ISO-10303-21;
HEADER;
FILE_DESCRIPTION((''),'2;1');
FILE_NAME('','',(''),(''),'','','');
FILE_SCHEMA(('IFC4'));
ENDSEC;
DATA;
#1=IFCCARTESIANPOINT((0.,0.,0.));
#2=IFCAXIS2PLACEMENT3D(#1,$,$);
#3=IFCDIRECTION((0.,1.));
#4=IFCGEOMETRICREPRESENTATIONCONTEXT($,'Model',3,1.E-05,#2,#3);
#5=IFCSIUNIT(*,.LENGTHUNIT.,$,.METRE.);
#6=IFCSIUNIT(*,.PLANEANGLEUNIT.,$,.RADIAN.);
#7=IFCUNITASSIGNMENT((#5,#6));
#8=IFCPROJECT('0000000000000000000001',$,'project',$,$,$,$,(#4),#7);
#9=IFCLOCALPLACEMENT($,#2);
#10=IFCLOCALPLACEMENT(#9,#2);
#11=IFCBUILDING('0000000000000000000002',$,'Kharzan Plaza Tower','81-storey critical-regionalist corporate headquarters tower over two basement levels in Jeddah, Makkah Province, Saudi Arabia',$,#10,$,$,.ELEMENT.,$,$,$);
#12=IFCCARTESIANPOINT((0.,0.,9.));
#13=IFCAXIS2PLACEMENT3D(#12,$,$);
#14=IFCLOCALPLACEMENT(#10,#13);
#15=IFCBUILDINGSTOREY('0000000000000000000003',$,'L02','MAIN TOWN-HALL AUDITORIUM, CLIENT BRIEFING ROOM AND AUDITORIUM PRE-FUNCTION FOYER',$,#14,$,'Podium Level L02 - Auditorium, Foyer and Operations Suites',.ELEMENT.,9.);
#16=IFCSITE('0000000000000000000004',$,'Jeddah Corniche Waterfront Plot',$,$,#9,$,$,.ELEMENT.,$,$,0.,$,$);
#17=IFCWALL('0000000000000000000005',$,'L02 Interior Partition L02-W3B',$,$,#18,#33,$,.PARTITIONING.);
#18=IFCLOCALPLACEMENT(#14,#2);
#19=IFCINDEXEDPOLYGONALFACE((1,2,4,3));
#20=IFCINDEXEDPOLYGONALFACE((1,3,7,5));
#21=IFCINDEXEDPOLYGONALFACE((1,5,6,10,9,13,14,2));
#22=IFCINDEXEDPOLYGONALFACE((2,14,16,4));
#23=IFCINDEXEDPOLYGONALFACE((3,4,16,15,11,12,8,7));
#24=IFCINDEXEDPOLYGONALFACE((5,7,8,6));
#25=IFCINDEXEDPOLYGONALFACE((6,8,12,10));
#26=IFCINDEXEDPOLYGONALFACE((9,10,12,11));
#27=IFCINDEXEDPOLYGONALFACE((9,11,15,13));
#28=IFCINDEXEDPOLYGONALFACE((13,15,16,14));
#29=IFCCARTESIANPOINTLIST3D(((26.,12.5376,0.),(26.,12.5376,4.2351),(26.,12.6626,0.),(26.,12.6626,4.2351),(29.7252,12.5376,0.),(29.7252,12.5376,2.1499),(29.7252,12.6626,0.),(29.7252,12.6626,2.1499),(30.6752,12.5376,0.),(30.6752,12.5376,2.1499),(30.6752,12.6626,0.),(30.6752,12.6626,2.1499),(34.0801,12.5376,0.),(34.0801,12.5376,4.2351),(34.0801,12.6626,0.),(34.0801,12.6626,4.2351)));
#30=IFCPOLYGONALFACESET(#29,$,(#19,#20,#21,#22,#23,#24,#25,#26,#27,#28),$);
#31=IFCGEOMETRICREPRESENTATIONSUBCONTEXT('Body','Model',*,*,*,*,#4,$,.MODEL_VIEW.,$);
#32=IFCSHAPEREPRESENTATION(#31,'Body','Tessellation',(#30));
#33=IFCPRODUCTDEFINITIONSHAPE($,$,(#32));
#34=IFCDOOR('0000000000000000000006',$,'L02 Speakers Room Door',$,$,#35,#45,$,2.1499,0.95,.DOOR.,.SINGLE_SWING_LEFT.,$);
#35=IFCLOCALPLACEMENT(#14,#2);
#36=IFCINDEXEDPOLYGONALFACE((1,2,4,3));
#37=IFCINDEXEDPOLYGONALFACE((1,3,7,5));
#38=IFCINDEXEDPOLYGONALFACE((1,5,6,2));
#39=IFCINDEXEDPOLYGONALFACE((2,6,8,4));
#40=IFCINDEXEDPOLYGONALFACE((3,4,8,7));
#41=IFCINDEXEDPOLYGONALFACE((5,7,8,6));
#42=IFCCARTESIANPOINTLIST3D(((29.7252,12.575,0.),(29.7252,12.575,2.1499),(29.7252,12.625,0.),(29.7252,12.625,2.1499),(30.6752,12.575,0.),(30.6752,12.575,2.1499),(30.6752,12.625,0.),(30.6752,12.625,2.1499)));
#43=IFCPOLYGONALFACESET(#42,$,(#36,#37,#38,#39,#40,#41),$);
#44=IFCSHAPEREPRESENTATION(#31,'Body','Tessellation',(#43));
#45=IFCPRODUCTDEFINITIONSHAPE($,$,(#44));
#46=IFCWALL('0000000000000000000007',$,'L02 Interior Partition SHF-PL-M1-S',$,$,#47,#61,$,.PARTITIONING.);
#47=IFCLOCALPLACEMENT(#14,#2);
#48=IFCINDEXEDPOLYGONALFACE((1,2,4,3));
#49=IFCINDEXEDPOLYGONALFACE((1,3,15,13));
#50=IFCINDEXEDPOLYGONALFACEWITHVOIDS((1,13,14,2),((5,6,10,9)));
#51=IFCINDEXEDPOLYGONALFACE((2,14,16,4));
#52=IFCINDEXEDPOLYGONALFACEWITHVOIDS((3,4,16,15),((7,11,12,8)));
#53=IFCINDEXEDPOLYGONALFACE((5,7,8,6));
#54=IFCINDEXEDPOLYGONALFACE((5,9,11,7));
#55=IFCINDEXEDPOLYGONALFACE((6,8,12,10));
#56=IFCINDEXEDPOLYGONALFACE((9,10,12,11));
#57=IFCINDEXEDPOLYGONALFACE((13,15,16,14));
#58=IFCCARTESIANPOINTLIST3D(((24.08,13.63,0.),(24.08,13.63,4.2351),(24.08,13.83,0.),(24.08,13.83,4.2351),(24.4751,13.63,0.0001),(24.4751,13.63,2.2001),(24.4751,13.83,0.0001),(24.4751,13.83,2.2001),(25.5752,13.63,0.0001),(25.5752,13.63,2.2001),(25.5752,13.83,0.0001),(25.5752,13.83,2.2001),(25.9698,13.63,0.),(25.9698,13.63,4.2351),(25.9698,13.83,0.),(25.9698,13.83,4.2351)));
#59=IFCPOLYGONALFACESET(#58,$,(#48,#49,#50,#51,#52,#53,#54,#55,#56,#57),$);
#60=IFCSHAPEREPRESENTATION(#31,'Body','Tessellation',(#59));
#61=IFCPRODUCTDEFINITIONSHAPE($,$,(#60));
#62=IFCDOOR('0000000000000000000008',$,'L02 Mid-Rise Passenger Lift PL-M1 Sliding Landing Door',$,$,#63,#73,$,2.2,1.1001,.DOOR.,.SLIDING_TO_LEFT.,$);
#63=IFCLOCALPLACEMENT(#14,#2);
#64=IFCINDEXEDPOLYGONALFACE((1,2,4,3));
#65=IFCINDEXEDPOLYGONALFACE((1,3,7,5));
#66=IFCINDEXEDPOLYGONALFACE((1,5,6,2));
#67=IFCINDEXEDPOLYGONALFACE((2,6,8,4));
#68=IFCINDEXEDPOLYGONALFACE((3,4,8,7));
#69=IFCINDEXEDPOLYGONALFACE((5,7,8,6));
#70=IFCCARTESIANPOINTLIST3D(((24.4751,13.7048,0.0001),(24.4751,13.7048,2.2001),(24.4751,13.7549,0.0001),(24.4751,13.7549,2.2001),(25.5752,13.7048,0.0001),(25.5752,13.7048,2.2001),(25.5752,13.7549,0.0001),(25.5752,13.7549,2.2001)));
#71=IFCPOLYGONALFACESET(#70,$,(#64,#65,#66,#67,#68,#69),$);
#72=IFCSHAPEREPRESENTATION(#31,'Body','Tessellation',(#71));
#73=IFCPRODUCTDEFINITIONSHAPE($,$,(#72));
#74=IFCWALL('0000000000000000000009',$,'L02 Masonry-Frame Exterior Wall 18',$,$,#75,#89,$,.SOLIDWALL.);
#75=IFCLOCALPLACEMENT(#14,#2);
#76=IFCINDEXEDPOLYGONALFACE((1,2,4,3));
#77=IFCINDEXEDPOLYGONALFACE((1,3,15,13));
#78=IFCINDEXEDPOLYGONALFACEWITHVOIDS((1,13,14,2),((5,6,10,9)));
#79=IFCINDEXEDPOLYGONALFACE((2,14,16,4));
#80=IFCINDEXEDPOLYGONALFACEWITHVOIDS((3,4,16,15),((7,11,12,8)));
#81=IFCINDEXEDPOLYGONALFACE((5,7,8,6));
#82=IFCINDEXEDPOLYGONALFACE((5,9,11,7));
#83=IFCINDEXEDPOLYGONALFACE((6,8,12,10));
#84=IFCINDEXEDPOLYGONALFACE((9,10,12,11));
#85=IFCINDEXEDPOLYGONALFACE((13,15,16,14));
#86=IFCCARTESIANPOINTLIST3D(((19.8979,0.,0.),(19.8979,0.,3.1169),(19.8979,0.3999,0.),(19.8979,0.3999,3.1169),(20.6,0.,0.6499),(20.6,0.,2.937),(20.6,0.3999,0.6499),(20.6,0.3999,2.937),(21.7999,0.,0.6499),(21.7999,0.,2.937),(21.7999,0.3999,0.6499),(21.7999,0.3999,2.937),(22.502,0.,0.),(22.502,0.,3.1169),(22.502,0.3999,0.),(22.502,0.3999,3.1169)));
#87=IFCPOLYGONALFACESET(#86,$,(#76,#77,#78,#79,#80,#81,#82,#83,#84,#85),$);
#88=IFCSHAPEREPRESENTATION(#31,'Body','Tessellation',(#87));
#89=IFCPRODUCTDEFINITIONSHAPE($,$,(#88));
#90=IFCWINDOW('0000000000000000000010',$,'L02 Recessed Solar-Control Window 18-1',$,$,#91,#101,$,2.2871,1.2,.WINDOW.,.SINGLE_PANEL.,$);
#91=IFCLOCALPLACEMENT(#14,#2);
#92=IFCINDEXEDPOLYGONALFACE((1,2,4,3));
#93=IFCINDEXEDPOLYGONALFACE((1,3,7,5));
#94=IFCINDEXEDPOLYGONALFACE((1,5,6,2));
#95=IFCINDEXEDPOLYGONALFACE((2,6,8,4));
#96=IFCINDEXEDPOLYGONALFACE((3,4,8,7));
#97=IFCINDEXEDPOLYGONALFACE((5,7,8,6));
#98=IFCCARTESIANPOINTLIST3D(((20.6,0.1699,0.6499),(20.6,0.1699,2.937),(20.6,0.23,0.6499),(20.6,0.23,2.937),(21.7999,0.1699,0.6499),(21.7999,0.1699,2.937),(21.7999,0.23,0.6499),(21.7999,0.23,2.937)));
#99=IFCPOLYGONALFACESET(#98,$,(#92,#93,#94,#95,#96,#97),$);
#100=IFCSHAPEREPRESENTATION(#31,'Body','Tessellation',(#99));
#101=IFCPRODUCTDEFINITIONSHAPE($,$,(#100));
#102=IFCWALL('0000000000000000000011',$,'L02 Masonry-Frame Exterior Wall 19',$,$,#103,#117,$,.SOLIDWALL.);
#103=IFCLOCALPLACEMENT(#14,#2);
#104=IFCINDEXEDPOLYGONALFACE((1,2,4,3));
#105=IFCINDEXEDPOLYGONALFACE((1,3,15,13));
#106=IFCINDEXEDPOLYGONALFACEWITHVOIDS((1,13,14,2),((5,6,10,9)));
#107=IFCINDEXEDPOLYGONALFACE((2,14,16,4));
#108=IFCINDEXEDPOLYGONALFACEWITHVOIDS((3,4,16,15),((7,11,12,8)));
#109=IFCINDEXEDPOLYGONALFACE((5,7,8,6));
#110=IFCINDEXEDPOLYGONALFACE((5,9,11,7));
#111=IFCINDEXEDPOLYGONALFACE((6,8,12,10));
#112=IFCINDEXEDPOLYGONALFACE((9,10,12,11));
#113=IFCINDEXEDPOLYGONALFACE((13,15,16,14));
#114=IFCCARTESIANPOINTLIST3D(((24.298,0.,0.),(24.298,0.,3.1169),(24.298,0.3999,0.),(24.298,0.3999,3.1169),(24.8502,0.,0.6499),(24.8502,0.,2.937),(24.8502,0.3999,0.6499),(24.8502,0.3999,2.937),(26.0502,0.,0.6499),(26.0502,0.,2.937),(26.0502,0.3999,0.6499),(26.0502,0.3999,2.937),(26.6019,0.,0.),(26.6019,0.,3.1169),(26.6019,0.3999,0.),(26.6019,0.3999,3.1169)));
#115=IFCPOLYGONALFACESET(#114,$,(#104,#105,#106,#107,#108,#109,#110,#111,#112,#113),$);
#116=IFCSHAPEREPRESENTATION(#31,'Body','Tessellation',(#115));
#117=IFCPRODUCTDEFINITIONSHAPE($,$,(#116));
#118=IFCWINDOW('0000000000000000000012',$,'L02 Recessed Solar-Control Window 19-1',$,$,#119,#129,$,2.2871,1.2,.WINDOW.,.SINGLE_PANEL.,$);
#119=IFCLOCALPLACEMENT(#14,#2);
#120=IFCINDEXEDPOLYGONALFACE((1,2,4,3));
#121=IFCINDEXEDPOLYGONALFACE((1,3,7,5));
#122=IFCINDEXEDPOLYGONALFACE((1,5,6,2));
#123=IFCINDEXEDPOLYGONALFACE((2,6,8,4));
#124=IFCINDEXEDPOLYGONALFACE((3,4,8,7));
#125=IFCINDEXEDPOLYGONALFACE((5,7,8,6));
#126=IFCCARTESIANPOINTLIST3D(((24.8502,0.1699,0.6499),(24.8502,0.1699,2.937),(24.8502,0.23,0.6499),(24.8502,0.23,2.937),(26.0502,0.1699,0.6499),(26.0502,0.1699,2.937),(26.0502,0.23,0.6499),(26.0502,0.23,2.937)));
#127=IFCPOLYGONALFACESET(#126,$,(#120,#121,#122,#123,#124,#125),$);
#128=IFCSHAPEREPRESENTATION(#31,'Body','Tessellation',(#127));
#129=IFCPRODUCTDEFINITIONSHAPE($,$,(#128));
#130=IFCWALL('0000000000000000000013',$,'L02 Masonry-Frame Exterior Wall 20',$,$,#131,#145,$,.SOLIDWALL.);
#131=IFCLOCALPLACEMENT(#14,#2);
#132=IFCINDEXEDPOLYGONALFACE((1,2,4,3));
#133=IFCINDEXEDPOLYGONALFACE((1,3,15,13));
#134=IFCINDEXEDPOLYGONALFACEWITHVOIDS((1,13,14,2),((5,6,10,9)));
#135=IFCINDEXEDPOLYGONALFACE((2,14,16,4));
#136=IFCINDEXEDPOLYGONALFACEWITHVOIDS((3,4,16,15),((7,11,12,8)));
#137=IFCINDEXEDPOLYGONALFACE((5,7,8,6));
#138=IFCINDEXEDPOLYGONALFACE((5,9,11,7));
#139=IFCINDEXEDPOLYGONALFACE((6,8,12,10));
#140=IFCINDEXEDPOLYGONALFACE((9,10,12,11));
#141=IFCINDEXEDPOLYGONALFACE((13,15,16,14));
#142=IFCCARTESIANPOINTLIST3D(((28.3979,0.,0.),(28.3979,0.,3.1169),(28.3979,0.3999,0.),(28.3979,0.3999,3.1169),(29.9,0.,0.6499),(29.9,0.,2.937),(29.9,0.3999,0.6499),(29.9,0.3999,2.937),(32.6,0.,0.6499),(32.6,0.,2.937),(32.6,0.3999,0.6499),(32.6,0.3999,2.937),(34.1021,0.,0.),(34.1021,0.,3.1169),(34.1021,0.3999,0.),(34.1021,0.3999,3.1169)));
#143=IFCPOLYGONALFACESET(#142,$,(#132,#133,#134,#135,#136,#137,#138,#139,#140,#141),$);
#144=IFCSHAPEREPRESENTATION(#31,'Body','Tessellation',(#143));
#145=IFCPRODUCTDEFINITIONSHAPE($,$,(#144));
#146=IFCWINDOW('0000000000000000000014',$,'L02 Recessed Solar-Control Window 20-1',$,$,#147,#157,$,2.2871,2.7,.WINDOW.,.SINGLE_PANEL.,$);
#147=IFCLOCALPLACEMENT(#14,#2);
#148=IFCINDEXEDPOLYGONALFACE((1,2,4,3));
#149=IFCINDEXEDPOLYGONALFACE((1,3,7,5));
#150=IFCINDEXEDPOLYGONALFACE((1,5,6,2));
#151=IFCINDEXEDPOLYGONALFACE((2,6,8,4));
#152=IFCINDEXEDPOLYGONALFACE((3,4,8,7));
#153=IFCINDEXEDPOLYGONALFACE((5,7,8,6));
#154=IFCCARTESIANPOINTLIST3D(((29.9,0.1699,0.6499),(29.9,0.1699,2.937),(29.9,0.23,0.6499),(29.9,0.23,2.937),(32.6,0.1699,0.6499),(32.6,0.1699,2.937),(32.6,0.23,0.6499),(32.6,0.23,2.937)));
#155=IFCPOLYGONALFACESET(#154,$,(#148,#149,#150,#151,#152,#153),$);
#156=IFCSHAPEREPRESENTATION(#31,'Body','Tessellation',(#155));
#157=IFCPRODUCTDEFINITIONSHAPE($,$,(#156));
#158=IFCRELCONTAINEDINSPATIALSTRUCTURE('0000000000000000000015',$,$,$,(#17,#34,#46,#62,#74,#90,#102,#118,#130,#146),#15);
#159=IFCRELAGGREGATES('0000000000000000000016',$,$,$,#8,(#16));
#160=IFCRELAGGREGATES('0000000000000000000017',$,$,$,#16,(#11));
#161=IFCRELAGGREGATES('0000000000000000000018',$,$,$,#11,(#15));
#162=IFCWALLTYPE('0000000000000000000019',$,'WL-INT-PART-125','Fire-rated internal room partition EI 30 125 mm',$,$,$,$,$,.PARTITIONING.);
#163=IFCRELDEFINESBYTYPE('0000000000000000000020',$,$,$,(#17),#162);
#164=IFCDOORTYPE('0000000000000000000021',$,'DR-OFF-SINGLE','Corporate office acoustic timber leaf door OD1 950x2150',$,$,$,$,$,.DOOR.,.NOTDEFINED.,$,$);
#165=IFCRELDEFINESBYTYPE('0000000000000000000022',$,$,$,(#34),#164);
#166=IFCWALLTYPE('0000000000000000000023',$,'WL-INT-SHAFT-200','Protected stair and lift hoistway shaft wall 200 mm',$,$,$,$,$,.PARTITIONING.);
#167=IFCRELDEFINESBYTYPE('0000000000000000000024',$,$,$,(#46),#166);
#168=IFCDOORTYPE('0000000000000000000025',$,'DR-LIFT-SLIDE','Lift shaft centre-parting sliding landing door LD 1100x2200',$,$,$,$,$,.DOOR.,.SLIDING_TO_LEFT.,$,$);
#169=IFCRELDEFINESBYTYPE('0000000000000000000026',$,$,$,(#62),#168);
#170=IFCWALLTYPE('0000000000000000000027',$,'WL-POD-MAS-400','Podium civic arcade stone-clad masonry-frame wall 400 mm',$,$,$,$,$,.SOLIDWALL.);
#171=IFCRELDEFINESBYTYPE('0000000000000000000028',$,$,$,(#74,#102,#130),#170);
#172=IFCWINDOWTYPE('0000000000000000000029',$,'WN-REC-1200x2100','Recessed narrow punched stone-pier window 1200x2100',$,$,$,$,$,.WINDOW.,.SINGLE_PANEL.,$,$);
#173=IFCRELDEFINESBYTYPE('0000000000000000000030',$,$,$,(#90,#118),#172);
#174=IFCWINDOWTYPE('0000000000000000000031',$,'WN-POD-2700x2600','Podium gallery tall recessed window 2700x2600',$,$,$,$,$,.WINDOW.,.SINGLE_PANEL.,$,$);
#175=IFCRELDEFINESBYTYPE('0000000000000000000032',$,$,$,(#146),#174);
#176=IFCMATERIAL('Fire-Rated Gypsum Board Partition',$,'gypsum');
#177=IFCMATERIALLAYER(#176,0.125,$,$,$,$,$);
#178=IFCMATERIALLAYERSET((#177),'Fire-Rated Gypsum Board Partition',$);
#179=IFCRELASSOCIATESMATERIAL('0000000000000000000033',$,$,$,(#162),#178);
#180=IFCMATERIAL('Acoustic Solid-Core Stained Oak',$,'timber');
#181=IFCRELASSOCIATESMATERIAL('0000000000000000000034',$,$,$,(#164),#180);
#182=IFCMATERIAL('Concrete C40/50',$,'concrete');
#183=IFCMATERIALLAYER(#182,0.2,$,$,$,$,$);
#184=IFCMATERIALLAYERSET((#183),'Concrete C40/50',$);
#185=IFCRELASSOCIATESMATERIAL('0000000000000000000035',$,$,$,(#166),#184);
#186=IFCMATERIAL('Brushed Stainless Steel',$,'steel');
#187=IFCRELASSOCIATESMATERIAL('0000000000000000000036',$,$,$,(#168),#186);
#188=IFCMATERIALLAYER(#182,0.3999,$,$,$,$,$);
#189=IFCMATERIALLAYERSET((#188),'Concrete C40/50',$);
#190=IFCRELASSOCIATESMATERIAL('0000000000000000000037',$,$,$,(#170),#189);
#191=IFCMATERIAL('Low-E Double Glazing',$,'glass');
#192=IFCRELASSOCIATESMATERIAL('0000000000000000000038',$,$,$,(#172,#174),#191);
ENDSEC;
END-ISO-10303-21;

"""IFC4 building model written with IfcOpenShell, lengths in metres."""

from ifc_helpers import new_model, si_unit, direction, frame, frame_2d, origin, place, context, subcontext, project, spatial, rectangle, extrude, source, transform, mapped, material, layer, layer_set, type_object, element, fill, save


model = new_model("IFC4")

# Units and contexts
model_context = context("Model", 3, precision=1e-05, world=origin(), true_north=direction((0.0, 1.0)))
body_context = subcontext(model_context, "Body", "Model", "MODEL_VIEW")
ifc_project = project(units=[si_unit("LENGTHUNIT", "METRE"), si_unit("PLANEANGLEUNIT", "RADIAN")], contexts=[model_context])

# Site, building, storey
site_placement = place(None, origin())
site = spatial("IfcSite", under=ifc_project, at=site_placement, Name="Jeddah Corniche Waterfront Plot", CompositionType="ELEMENT", RefElevation=0.0)
building_placement = place(site_placement, origin())
building = spatial("IfcBuilding", under=site, at=building_placement, Name="Kharzan Plaza Tower", Description="81-storey critical-regionalist corporate headquarters tower over two basement levels in Jeddah, Makkah Province, Saudi Arabia", CompositionType="ELEMENT")
storey_placement = place(building_placement, frame((0.0, 0.0, 9.0)))
storey = spatial("IfcBuildingStorey", under=building, at=storey_placement, Name="L02", Description="MAIN TOWN-HALL AUDITORIUM, CLIENT BRIEFING ROOM AND AUDITORIUM PRE-FUNCTION FOYER", LongName="Podium Level L02 - Auditorium, Foyer and Operations Suites", CompositionType="ELEMENT", Elevation=9.0)

# Walls, openings, doors
ifc_material_1 = material(Name="Fire-Rated Gypsum Board Partition", Category="gypsum")
ifc_layer_1 = layer(ifc_material_1, 0.125)
ifc_layer_set_1 = layer_set([ifc_layer_1], Name="Fire-Rated Gypsum Board Partition")
wall_type_1 = type_object("IfcWallType", Name="WL-INT-PART-125", Description="Fire-rated internal room partition EI 30 125 mm", PredefinedType="PARTITIONING", material=ifc_layer_set_1)
wall_1_placement = place(storey_placement, frame((26.0, 12.6001, 0.0), z_axis=(0.0, 0.0, 1.0), x_axis=(1.0, 0.0, 0.0)))
wall_1 = element("IfcWall", 1, at=wall_1_placement, inside=storey, type_object=wall_type_1, Name="L02 Interior Partition L02-W3B", PredefinedType="PARTITIONING", context=body_context, shape_type="SweptSolid", body=[
    extrude(rectangle(XDim=8.0801, YDim=0.125, at=frame_2d((4.04, 0.0))), origin(), (0.0, 0.0, 1.0), 4.2351),
])
opening_1_placement = place(wall_1_placement, frame((3.7251, 0.0, 0.0)))
opening_1 = element("IfcOpeningElement", 2, at=opening_1_placement, cuts=wall_1, PredefinedType="OPENING", context=body_context, shape_type="SweptSolid", body=[
    extrude(rectangle(XDim=0.95, YDim=2.1499, at=frame_2d((0.4751, 1.075))), frame((0.0, 0.0725, 0.0), z_axis=(0.0, -1.0, 0.0), x_axis=(1.0, 0.0, 0.0)), (0.0, 0.0, 1.0), 0.145),
])
ifc_material_2 = material(Name="Acoustic Solid-Core Stained Oak", Category="timber")
door_type_1 = type_object("IfcDoorType", Name="DR-OFF-SINGLE", Description="Corporate office acoustic timber leaf door OD1 950x2150", OperationType="NOTDEFINED", PredefinedType="DOOR", material=ifc_material_2)
shared_shape_1 = source(origin(), body_context, "Body", "SweptSolid", [
    extrude(rectangle(XDim=0.95, YDim=2.1499, at=frame_2d((0.4751, 1.075))), frame((0.0, 0.0249, 0.0), z_axis=(0.0, -1.0, 0.0), x_axis=(1.0, 0.0, 0.0)), (0.0, 0.0, 1.0), 0.05),
])
door_1_placement = place(opening_1_placement, origin())
door_1 = element("IfcDoor", 3, at=door_1_placement, inside=storey, type_object=door_type_1, Name="L02 Speakers Room Door", OperationType="SINGLE_SWING_LEFT", OverallHeight=2.1499, OverallWidth=0.95, PredefinedType="DOOR", context=body_context, shape_type="MappedRepresentation", body=[
    mapped(shared_shape_1, transform((0.0, 0.0, 0.0), x_axis=(1.0, 0.0, 0.0), y_axis=(0.0, 1.0, 0.0), z_axis=(0.0, 0.0, 1.0))),
])
fill(opening_1, door_1)
ifc_material_3 = material(Name="Concrete C40/50", Category="concrete")
ifc_layer_2 = layer(ifc_material_3, 0.2)
ifc_layer_set_2 = layer_set([ifc_layer_2], Name="Concrete C40/50")
wall_type_2 = type_object("IfcWallType", Name="WL-INT-SHAFT-200", Description="Protected stair and lift hoistway shaft wall 200 mm", PredefinedType="PARTITIONING", material=ifc_layer_set_2)
wall_2_placement = place(storey_placement, frame((24.0801, 13.73, 0.0), z_axis=(0.0, 0.0, 1.0), x_axis=(1.0, 0.0, 0.0)))
wall_2 = element("IfcWall", 4, at=wall_2_placement, inside=storey, type_object=wall_type_2, Name="L02 Interior Partition SHF-PL-M1-S", PredefinedType="PARTITIONING", context=body_context, shape_type="SweptSolid", body=[
    extrude(rectangle(XDim=1.8899, YDim=0.2, at=frame_2d((0.9448, 0.0))), origin(), (0.0, 0.0, 1.0), 4.2351),
])
opening_2_placement = place(wall_2_placement, frame((0.395, 0.0, 0.0)))
opening_2 = element("IfcOpeningElement", 5, at=opening_2_placement, cuts=wall_2, PredefinedType="OPENING", context=body_context, shape_type="SweptSolid", body=[
    extrude(rectangle(XDim=1.1001, YDim=2.2, at=frame_2d((0.55, 1.1001))), frame((0.0, 0.1099, 0.0), z_axis=(0.0, -1.0, 0.0), x_axis=(1.0, 0.0, 0.0)), (0.0, 0.0, 1.0), 0.22),
])
ifc_material_4 = material(Name="Brushed Stainless Steel", Category="steel")
door_type_2 = type_object("IfcDoorType", Name="DR-LIFT-SLIDE", Description="Lift shaft centre-parting sliding landing door LD 1100x2200", OperationType="SLIDING_TO_LEFT", PredefinedType="DOOR", material=ifc_material_4)
shared_shape_2 = source(origin(), body_context, "Body", "SweptSolid", [
    extrude(rectangle(XDim=1.1001, YDim=2.2, at=frame_2d((0.55, 1.1001))), frame((0.0, 0.0249, 0.0), z_axis=(0.0, -1.0, 0.0), x_axis=(1.0, 0.0, 0.0)), (0.0, 0.0, 1.0), 0.05),
])
door_2_placement = place(opening_2_placement, origin())
door_2 = element("IfcDoor", 6, at=door_2_placement, inside=storey, type_object=door_type_2, Name="L02 Mid-Rise Passenger Lift PL-M1 Sliding Landing Door", OperationType="SLIDING_TO_LEFT", OverallHeight=2.2, OverallWidth=1.1001, PredefinedType="DOOR", context=body_context, shape_type="MappedRepresentation", body=[
    mapped(shared_shape_2, transform((0.0, 0.0, 0.0), x_axis=(1.0, 0.0, 0.0), y_axis=(0.0, 1.0, 0.0), z_axis=(0.0, 0.0, 1.0))),
])
fill(opening_2, door_2)

# Walls, openings, windows
ifc_layer_3 = layer(ifc_material_3, 0.3999)
ifc_layer_set_3 = layer_set([ifc_layer_3], Name="Concrete C40/50")
wall_type_3 = type_object("IfcWallType", Name="WL-POD-MAS-400", Description="Podium civic arcade stone-clad masonry-frame wall 400 mm", PredefinedType="SOLIDWALL", material=ifc_layer_set_3)
wall_3_placement = place(storey_placement, frame((19.8979, 0.2, 0.0), z_axis=(0.0, 0.0, 1.0), x_axis=(1.0, 0.0, 0.0)))
wall_3 = element("IfcWall", 7, at=wall_3_placement, inside=storey, type_object=wall_type_3, Name="L02 Masonry-Frame Exterior Wall 18", PredefinedType="SOLIDWALL", context=body_context, shape_type="SweptSolid", body=[
    extrude(rectangle(XDim=2.604, YDim=0.3999, at=frame_2d((1.302, 0.0))), origin(), (0.0, 0.0, 1.0), 3.1169),
])
opening_3_placement = place(wall_3_placement, frame((0.7019, 0.0, 0.6499)))
opening_3 = element("IfcOpeningElement", 8, at=opening_3_placement, cuts=wall_3, PredefinedType="OPENING", context=body_context, shape_type="SweptSolid", body=[
    extrude(rectangle(XDim=1.2, YDim=2.2871, at=frame_2d((0.6001, 1.1436))), frame((0.0, 0.21, 0.0), z_axis=(0.0, -1.0, 0.0), x_axis=(1.0, 0.0, 0.0)), (0.0, 0.0, 1.0), 0.4199),
])
ifc_material_5 = material(Name="Low-E Double Glazing", Category="glass")
window_type_1 = type_object("IfcWindowType", Name="WN-REC-1200x2100", Description="Recessed narrow punched stone-pier window 1200x2100", PartitioningType="SINGLE_PANEL", PredefinedType="WINDOW", material=ifc_material_5)
shared_shape_3 = source(origin(), body_context, "Body", "SweptSolid", [
    extrude(rectangle(XDim=1.2, YDim=2.2871, at=frame_2d((0.6001, 1.1436))), frame((0.0, 0.03, 0.0), z_axis=(0.0, -1.0, 0.0), x_axis=(1.0, 0.0, 0.0)), (0.0, 0.0, 1.0), 0.0601),
])
window_1_placement = place(opening_3_placement, origin())
window_1 = element("IfcWindow", 9, at=window_1_placement, inside=storey, type_object=window_type_1, Name="L02 Recessed Solar-Control Window 18-1", OverallHeight=2.2871, OverallWidth=1.2, PartitioningType="SINGLE_PANEL", PredefinedType="WINDOW", context=body_context, shape_type="MappedRepresentation", body=[
    mapped(shared_shape_3, transform((0.0, 0.0, 0.0), x_axis=(1.0, 0.0, 0.0), y_axis=(0.0, 1.0, 0.0), z_axis=(0.0, 0.0, 1.0))),
])
fill(opening_3, window_1)
wall_4_placement = place(storey_placement, frame((24.2981, 0.2, 0.0), z_axis=(0.0, 0.0, 1.0), x_axis=(1.0, 0.0, 0.0)))
wall_4 = element("IfcWall", 10, at=wall_4_placement, inside=storey, type_object=wall_type_3, Name="L02 Masonry-Frame Exterior Wall 19", PredefinedType="SOLIDWALL", context=body_context, shape_type="SweptSolid", body=[
    extrude(rectangle(XDim=2.304, YDim=0.3999, at=frame_2d((1.1519, 0.0))), origin(), (0.0, 0.0, 1.0), 3.1169),
])
opening_4_placement = place(wall_4_placement, frame((0.552, 0.0, 0.6499)))
opening_4 = element("IfcOpeningElement", 11, at=opening_4_placement, cuts=wall_4, PredefinedType="OPENING", context=body_context, shape_type="SweptSolid", body=[
    extrude(rectangle(XDim=1.2, YDim=2.2871, at=frame_2d((0.6001, 1.1436))), frame((0.0, 0.21, 0.0), z_axis=(0.0, -1.0, 0.0), x_axis=(1.0, 0.0, 0.0)), (0.0, 0.0, 1.0), 0.4199),
])
window_2_placement = place(opening_4_placement, origin())
window_2 = element("IfcWindow", 12, at=window_2_placement, inside=storey, type_object=window_type_1, Name="L02 Recessed Solar-Control Window 19-1", OverallHeight=2.2871, OverallWidth=1.2, PartitioningType="SINGLE_PANEL", PredefinedType="WINDOW", context=body_context, shape_type="MappedRepresentation", body=[
    mapped(shared_shape_3, transform((0.0, 0.0, 0.0), x_axis=(1.0, 0.0, 0.0), y_axis=(0.0, 1.0, 0.0), z_axis=(0.0, 0.0, 1.0))),
])
fill(opening_4, window_2)
wall_5_placement = place(storey_placement, frame((28.3979, 0.2, 0.0), z_axis=(0.0, 0.0, 1.0), x_axis=(1.0, 0.0, 0.0)))
wall_5 = element("IfcWall", 13, at=wall_5_placement, inside=storey, type_object=wall_type_3, Name="L02 Masonry-Frame Exterior Wall 20", PredefinedType="SOLIDWALL", context=body_context, shape_type="SweptSolid", body=[
    extrude(rectangle(XDim=5.7041, YDim=0.3999, at=frame_2d((2.8521, 0.0))), origin(), (0.0, 0.0, 1.0), 3.1169),
])
opening_5_placement = place(wall_5_placement, frame((1.502, 0.0, 0.6499)))
opening_5 = element("IfcOpeningElement", 14, at=opening_5_placement, cuts=wall_5, PredefinedType="OPENING", context=body_context, shape_type="SweptSolid", body=[
    extrude(rectangle(XDim=2.7, YDim=2.2871, at=frame_2d((1.3501, 1.1436))), frame((0.0, 0.21, 0.0), z_axis=(0.0, -1.0, 0.0), x_axis=(1.0, 0.0, 0.0)), (0.0, 0.0, 1.0), 0.4199),
])
window_type_2 = type_object("IfcWindowType", Name="WN-POD-2700x2600", Description="Podium gallery tall recessed window 2700x2600", PartitioningType="SINGLE_PANEL", PredefinedType="WINDOW", material=ifc_material_5)
shared_shape_4 = source(origin(), body_context, "Body", "SweptSolid", [
    extrude(rectangle(XDim=2.7, YDim=2.2871, at=frame_2d((1.3501, 1.1436))), frame((0.0, 0.03, 0.0), z_axis=(0.0, -1.0, 0.0), x_axis=(1.0, 0.0, 0.0)), (0.0, 0.0, 1.0), 0.0601),
])
window_3_placement = place(opening_5_placement, origin())
window_3 = element("IfcWindow", 15, at=window_3_placement, inside=storey, type_object=window_type_2, Name="L02 Recessed Solar-Control Window 20-1", OverallHeight=2.2871, OverallWidth=2.7, PartitioningType="SINGLE_PANEL", PredefinedType="WINDOW", context=body_context, shape_type="MappedRepresentation", body=[
    mapped(shared_shape_4, transform((0.0, 0.0, 0.0), x_axis=(1.0, 0.0, 0.0), y_axis=(0.0, 1.0, 0.0), z_axis=(0.0, 0.0, 1.0))),
])
fill(opening_5, window_3)

save(model, "model.ifc")
